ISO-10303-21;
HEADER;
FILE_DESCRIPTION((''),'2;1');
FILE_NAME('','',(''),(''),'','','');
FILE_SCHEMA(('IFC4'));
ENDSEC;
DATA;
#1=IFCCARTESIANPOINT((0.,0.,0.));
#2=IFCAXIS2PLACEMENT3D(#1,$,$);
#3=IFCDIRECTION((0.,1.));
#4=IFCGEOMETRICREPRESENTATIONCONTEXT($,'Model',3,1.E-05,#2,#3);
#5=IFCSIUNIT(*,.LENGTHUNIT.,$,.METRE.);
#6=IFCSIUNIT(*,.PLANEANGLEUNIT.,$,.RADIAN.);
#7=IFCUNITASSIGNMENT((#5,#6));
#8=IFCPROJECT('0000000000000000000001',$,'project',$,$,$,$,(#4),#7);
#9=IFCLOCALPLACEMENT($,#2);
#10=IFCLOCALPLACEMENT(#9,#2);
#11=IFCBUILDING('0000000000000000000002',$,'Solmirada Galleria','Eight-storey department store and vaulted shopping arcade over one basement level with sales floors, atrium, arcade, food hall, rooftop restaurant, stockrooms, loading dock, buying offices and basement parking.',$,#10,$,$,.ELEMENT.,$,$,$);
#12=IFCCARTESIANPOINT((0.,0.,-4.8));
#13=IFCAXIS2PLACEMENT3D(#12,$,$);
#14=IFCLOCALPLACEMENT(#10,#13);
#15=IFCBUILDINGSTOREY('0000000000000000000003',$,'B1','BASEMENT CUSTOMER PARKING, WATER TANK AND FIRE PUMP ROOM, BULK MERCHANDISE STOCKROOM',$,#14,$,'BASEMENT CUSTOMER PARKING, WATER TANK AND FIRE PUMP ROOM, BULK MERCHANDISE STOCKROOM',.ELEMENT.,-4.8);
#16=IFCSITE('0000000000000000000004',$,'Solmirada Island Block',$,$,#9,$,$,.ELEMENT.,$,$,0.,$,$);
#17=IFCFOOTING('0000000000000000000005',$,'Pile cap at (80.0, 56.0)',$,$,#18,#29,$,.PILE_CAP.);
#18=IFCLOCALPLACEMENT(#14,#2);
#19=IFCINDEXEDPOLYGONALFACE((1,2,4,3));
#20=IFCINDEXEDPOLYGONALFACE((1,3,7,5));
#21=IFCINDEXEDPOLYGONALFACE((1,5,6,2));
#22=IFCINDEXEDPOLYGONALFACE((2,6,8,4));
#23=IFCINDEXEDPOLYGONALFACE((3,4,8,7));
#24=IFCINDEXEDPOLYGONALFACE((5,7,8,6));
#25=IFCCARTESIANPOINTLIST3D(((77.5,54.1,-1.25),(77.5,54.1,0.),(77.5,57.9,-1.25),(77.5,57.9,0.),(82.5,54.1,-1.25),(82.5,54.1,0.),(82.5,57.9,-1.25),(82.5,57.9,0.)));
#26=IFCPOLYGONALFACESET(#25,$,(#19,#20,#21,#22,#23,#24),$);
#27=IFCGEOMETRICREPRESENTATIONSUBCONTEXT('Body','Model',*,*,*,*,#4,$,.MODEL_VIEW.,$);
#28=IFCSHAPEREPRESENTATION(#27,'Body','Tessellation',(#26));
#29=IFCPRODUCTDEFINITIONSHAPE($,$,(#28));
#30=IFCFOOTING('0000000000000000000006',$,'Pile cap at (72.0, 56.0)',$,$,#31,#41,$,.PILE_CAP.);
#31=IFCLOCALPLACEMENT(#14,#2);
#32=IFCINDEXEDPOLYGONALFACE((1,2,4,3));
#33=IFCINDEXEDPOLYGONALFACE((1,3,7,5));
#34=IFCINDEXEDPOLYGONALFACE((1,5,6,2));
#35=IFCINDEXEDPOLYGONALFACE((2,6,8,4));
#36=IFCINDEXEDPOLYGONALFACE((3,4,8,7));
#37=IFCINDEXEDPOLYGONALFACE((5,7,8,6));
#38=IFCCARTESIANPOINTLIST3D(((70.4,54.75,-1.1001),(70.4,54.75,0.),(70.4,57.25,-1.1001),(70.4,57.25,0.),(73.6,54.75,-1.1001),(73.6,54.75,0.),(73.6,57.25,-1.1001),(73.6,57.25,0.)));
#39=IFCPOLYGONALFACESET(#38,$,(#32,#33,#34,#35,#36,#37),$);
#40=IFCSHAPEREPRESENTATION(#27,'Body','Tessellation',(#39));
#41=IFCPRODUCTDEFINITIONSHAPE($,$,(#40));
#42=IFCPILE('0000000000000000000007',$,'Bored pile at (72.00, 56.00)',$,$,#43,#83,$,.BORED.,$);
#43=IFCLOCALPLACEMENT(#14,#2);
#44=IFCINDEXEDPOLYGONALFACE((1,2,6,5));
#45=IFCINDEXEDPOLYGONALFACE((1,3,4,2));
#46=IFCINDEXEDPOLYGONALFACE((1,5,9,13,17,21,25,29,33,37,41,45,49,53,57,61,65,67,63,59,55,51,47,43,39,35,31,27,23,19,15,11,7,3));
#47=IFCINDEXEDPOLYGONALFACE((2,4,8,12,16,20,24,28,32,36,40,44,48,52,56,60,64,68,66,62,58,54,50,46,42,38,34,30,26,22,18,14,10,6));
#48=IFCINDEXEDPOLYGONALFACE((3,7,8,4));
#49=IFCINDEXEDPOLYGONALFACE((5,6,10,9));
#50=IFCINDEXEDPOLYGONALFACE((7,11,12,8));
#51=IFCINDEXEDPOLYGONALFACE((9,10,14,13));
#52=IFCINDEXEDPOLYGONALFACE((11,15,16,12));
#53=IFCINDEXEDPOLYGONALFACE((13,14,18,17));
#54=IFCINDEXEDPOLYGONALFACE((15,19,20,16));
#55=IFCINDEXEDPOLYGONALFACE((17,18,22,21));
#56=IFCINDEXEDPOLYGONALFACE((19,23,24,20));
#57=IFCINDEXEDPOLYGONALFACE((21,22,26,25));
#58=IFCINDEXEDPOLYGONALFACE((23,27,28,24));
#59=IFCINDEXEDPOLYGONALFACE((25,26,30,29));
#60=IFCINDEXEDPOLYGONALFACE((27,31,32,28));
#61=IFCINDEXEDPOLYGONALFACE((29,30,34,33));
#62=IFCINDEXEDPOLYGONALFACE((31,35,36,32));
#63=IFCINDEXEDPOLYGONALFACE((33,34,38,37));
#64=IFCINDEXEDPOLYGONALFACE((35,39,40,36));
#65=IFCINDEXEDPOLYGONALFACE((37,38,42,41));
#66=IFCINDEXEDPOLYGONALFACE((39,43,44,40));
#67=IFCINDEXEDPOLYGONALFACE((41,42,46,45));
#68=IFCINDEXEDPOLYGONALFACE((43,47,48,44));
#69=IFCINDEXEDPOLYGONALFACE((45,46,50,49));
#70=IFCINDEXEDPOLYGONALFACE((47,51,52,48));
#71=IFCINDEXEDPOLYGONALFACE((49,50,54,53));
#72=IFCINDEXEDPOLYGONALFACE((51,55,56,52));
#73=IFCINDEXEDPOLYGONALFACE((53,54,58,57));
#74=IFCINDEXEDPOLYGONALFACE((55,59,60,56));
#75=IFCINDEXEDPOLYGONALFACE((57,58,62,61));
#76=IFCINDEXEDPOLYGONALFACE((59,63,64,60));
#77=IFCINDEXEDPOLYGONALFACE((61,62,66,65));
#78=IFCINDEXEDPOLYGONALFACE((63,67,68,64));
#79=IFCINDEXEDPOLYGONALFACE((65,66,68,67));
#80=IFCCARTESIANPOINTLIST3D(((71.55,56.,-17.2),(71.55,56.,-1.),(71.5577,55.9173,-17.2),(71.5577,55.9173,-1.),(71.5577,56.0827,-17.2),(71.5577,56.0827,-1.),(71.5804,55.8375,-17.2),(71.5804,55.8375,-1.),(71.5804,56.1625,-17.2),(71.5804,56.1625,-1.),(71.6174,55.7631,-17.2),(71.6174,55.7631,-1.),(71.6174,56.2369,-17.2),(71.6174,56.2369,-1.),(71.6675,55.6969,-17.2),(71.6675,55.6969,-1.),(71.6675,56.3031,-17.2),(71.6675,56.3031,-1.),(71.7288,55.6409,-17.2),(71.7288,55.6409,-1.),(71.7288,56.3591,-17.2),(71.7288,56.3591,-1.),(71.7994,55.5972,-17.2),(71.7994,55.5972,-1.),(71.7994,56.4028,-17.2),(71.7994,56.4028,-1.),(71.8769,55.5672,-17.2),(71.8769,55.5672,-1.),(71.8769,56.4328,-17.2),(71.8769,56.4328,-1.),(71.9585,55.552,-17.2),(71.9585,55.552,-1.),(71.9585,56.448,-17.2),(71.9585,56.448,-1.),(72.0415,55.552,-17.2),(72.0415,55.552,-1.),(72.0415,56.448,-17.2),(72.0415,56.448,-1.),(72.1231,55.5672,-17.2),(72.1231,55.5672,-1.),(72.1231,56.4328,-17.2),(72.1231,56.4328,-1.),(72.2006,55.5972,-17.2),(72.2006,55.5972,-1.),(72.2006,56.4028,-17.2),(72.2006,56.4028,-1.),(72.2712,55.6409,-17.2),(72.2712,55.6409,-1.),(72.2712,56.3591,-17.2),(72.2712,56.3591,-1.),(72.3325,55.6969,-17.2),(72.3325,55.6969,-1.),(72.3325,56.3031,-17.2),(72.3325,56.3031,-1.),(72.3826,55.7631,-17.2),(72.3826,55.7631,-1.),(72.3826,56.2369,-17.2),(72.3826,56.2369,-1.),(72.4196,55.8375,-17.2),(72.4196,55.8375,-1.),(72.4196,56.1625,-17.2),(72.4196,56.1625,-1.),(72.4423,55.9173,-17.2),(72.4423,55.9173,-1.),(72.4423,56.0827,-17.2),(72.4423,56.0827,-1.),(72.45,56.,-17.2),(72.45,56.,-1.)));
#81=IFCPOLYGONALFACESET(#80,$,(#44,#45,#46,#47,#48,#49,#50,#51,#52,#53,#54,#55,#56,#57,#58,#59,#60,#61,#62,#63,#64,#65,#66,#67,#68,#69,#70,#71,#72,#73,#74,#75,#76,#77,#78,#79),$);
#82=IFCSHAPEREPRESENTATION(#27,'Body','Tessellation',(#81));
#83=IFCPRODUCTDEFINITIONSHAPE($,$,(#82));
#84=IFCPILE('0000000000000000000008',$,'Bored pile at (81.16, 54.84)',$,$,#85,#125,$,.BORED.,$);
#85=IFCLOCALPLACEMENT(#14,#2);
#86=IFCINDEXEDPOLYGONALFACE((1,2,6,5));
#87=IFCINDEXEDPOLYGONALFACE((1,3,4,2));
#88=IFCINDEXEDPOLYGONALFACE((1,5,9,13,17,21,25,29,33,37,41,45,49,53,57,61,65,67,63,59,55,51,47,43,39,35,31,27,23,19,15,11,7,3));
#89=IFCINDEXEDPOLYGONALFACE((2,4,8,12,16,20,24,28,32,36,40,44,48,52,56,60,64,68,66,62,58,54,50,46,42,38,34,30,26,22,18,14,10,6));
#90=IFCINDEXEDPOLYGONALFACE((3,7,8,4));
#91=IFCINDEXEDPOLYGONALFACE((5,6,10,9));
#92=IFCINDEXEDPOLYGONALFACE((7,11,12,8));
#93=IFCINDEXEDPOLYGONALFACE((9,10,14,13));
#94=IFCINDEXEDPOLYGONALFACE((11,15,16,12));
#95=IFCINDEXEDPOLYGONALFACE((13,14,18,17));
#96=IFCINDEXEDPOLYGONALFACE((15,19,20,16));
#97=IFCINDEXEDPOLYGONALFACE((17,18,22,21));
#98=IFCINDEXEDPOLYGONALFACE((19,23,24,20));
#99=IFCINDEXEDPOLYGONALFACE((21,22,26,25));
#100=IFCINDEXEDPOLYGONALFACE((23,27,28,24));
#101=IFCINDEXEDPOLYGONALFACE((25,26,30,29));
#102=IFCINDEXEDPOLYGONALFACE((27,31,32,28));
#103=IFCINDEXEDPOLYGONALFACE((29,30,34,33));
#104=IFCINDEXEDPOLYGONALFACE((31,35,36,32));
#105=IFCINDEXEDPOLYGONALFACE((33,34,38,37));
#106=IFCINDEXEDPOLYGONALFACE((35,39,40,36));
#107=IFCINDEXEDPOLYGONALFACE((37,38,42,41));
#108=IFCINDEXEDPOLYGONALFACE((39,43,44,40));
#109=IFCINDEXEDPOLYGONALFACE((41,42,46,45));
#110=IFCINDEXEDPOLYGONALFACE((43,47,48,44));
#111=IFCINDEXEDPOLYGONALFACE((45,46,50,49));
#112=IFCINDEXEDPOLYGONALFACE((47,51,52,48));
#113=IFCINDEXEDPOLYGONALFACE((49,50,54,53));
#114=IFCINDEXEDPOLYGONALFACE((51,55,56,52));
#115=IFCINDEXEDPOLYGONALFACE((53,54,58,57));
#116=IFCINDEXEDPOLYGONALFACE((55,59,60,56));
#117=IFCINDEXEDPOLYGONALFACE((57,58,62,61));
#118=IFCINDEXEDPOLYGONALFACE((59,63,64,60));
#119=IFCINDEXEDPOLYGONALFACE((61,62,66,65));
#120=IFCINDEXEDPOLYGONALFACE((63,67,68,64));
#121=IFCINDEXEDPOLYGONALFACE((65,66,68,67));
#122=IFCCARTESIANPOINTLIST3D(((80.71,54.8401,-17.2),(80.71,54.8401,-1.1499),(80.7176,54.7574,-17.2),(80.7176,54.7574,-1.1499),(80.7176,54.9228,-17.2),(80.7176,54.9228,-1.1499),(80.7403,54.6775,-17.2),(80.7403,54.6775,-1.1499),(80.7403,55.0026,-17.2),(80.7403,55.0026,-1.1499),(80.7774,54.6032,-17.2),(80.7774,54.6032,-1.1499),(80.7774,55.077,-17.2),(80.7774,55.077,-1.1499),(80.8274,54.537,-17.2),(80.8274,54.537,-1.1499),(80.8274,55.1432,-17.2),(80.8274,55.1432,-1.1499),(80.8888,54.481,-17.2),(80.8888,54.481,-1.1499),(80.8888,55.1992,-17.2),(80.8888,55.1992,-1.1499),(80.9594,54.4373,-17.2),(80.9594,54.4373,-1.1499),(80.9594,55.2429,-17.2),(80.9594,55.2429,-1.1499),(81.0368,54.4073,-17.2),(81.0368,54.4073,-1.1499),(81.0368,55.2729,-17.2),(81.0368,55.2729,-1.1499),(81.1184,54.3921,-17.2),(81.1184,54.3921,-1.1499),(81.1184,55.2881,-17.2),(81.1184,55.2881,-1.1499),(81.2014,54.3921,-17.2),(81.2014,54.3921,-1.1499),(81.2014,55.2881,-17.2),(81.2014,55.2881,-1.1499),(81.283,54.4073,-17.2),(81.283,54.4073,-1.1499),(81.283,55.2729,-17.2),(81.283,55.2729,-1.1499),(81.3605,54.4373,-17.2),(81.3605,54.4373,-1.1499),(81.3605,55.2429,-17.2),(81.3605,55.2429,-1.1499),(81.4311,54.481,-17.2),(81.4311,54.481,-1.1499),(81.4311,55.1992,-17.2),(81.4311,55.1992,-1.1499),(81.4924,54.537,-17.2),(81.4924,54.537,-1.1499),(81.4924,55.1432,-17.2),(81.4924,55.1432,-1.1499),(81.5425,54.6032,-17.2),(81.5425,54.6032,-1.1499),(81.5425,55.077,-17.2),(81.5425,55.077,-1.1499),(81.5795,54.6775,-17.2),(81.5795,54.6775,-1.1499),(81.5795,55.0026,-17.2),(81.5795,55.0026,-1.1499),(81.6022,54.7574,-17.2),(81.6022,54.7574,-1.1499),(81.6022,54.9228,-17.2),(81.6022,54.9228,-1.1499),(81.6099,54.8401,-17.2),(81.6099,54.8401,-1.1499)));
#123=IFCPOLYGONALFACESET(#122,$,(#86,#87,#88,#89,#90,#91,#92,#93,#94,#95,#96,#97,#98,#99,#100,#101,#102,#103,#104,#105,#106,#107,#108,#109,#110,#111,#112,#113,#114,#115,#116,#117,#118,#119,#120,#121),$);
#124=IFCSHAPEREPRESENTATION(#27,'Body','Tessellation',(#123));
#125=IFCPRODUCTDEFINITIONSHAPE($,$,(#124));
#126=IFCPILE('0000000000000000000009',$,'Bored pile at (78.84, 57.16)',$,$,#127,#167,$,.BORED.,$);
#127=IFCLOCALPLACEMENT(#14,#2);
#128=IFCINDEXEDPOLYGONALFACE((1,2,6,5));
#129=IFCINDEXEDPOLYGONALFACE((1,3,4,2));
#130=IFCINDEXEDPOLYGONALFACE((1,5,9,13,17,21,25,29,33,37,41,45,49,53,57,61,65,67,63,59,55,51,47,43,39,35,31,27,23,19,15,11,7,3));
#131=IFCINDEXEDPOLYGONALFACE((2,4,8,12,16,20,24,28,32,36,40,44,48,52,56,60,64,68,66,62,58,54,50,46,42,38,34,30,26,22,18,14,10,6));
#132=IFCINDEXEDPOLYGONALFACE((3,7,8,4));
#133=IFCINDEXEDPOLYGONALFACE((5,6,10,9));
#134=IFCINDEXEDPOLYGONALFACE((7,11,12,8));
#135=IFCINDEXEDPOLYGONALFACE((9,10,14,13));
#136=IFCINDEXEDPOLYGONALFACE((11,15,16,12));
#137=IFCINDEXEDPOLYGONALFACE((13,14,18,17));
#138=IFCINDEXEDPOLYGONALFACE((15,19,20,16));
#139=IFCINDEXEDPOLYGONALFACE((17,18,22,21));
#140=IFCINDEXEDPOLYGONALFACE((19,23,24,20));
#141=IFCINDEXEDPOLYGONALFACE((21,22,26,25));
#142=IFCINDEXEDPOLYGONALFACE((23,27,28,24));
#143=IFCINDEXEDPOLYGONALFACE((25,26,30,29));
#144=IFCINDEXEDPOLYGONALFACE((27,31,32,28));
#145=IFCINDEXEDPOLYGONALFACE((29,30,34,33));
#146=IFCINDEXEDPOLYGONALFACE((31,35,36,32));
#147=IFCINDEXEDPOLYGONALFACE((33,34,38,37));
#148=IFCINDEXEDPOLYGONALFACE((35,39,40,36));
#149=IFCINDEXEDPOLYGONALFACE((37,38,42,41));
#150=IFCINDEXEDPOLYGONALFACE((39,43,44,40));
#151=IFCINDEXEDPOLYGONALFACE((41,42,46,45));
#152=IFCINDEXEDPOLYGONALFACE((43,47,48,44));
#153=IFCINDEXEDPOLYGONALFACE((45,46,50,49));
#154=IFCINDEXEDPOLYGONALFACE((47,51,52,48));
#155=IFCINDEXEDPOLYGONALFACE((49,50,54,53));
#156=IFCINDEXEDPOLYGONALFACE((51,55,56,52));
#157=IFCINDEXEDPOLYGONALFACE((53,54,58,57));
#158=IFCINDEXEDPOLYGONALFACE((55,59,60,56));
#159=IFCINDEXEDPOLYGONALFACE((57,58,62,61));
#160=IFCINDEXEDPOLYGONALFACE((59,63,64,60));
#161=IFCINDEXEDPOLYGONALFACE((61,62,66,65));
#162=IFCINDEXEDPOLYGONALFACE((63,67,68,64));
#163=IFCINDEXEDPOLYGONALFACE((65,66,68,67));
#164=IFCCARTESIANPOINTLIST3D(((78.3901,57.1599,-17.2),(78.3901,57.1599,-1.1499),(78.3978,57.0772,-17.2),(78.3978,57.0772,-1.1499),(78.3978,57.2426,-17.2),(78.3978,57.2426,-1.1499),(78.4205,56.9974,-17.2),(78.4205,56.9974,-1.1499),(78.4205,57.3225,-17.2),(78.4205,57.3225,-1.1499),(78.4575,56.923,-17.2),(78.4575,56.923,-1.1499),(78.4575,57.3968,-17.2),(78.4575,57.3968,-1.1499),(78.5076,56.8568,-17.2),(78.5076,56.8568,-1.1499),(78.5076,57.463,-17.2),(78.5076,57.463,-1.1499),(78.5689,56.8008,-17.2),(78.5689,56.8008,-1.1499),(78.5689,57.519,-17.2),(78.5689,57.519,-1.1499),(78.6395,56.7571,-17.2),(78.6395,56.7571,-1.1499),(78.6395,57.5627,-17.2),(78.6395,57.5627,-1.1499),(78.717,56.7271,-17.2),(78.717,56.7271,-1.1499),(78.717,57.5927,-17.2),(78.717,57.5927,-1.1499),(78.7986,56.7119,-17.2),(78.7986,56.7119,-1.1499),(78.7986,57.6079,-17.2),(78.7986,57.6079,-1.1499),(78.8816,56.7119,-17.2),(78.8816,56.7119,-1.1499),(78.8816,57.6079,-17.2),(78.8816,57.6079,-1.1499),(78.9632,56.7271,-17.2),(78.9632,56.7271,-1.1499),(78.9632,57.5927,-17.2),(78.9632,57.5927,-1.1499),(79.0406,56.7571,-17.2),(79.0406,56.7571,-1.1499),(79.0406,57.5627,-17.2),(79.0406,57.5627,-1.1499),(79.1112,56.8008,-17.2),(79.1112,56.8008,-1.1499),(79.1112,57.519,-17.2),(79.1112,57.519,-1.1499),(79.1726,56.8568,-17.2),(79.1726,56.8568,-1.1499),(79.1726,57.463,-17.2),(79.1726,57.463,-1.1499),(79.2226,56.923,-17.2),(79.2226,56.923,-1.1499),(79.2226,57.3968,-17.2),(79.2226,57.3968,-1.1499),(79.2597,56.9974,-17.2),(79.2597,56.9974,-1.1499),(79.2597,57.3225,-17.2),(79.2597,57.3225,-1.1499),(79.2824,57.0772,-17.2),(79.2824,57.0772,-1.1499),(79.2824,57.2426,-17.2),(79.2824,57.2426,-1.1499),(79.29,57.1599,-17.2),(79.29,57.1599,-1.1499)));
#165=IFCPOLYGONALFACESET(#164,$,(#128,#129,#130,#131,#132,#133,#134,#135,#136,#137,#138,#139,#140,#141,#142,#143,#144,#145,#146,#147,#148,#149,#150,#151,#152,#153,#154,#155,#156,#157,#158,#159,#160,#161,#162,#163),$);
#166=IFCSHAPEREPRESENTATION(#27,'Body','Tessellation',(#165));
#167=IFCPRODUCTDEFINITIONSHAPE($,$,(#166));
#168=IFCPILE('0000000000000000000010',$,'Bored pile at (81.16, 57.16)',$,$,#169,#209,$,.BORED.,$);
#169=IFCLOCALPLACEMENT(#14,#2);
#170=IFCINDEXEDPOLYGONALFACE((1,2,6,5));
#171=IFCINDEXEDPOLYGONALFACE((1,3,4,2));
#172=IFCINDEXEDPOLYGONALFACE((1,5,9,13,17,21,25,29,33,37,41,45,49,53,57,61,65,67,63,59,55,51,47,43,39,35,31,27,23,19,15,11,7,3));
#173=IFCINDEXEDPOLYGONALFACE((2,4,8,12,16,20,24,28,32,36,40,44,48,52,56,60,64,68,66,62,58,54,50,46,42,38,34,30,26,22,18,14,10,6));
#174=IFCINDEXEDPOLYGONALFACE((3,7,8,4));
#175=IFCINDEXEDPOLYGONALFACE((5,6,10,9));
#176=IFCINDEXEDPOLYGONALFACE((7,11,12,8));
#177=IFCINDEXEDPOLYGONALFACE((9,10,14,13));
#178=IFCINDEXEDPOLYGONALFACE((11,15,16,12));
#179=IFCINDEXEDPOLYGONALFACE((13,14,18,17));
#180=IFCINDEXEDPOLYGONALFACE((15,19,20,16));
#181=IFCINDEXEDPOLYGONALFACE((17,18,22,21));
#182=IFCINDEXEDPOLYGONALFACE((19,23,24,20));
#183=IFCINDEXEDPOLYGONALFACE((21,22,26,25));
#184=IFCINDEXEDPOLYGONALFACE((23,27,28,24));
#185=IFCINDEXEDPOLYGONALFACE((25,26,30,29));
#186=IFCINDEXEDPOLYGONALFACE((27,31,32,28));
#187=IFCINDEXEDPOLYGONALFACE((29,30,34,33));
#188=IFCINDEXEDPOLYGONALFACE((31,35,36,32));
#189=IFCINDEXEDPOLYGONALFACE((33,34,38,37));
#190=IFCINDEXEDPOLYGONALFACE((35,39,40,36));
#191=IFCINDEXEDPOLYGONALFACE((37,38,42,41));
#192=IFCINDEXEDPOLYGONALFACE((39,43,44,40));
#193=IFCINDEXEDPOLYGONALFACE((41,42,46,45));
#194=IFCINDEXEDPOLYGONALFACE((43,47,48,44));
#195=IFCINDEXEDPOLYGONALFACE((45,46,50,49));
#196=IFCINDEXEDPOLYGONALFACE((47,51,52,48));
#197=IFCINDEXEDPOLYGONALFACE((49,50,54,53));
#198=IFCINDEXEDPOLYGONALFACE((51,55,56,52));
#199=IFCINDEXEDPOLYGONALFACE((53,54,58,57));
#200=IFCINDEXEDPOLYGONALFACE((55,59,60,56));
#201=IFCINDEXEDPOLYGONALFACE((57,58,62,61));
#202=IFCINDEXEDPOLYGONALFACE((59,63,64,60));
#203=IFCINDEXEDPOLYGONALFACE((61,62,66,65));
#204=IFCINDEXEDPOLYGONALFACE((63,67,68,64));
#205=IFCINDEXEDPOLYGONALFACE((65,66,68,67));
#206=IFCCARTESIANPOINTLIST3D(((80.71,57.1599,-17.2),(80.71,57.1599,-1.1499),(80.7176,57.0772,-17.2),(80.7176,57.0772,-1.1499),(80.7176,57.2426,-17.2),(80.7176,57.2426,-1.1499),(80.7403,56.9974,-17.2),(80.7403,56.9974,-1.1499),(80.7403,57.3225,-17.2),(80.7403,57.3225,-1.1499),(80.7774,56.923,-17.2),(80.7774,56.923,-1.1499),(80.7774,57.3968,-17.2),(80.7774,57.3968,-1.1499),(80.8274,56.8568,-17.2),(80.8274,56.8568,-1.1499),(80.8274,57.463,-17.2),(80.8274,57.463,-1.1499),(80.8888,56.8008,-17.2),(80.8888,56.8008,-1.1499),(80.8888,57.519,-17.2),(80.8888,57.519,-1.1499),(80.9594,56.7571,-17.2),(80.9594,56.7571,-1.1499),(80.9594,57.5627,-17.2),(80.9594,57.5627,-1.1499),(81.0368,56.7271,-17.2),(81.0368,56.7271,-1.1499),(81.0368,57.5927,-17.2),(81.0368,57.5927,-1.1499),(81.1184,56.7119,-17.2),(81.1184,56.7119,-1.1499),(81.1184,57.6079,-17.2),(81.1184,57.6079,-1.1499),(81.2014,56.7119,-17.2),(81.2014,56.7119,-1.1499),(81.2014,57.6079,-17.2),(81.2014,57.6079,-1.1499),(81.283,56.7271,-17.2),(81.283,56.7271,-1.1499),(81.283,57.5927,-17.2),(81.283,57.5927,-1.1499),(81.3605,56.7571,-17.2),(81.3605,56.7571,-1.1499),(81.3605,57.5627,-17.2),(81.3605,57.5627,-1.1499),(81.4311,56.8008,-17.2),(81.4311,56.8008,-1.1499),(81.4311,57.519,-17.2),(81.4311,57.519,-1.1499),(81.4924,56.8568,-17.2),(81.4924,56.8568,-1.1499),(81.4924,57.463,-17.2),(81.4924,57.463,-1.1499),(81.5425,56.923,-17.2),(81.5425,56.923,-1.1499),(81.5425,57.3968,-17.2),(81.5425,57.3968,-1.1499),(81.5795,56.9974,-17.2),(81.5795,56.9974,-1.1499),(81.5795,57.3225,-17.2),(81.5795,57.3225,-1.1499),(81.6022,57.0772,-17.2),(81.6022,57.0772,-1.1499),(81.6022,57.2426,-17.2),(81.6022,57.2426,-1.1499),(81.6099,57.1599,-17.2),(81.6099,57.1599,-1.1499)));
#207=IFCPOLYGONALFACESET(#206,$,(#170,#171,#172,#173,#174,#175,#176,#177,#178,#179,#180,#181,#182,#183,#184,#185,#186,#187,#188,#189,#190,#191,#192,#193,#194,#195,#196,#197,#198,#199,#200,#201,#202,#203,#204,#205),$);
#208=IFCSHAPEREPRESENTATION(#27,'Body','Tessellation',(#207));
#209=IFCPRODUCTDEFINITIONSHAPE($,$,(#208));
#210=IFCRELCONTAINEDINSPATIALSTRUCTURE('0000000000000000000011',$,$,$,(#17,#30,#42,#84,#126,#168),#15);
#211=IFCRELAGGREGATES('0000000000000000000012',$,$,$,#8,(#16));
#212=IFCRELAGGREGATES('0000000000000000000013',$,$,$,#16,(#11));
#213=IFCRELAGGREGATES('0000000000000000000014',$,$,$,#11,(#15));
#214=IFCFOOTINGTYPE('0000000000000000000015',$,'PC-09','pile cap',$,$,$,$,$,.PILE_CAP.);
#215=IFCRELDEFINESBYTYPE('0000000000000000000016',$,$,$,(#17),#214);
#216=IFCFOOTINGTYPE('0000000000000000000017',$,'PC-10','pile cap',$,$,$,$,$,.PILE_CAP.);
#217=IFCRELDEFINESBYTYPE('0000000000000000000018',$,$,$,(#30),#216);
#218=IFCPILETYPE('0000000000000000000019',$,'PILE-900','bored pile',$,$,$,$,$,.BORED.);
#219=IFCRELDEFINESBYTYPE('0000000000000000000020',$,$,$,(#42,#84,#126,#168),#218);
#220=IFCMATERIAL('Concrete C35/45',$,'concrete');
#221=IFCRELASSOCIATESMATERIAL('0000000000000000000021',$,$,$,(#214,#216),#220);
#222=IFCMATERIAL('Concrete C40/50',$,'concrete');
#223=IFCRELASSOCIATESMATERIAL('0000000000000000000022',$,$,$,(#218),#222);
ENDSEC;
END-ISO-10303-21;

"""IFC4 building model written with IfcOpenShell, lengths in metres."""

from ifc_helpers import new_model, si_unit, direction, frame, origin, origin_2d, place, context, subcontext, project, spatial, rectangle, circle, extrude, material, material_profile, profile_set, type_object, element, save


model = new_model("IFC4")

# Units and contexts
model_context = context("Model", 3, precision=1e-05, world=origin(), true_north=direction((0.0, 1.0)))
body_context = subcontext(model_context, "Body", "Model", "MODEL_VIEW")
ifc_project = project(units=[si_unit("LENGTHUNIT", "METRE"), si_unit("PLANEANGLEUNIT", "RADIAN")], contexts=[model_context])

# Site, building, storey
site_placement = place(None, origin())
site = spatial("IfcSite", under=ifc_project, at=site_placement, Name="Solmirada Island Block", CompositionType="ELEMENT", RefElevation=0.0)
building_placement = place(site_placement, origin())
building = spatial("IfcBuilding", under=site, at=building_placement, Name="Solmirada Galleria", Description="Eight-storey department store and vaulted shopping arcade over one basement level with sales floors, atrium, arcade, food hall, rooftop restaurant, stockrooms, loading dock, buying offices and basement parking.", CompositionType="ELEMENT")
storey_placement = place(building_placement, frame((0.0, 0.0, -4.8)))
storey = spatial("IfcBuildingStorey", under=building, at=storey_placement, Name="B1", Description="BASEMENT CUSTOMER PARKING, WATER TANK AND FIRE PUMP ROOM, BULK MERCHANDISE STOCKROOM", LongName="BASEMENT CUSTOMER PARKING, WATER TANK AND FIRE PUMP ROOM, BULK MERCHANDISE STOCKROOM", CompositionType="ELEMENT", Elevation=-4.8)

# Footings
ifc_material_1 = material(Name="Concrete C35/45", Category="concrete")
footing_type_1 = type_object("IfcFootingType", Name="PC-09", Description="pile cap", PredefinedType="PILE_CAP", material=ifc_material_1)
footing_1_placement = place(storey_placement, frame((80.0, 56.0, -1.25), z_axis=(0.0, 0.0, 1.0), x_axis=(1.0, 0.0, 0.0)))
element("IfcFooting", 1, at=footing_1_placement, inside=storey, type_object=footing_type_1, Name="Pile cap at (80.0, 56.0)", PredefinedType="PILE_CAP", context=body_context, shape_type="SweptSolid", body=[
    extrude(rectangle(XDim=5.0, YDim=3.8, at=origin_2d()), origin(), (0.0, 0.0, 1.0), 1.25),
])
footing_type_2 = type_object("IfcFootingType", Name="PC-10", Description="pile cap", PredefinedType="PILE_CAP", material=ifc_material_1)
footing_2_placement = place(storey_placement, frame((72.0, 56.0, -1.1001), z_axis=(0.0, 0.0, 1.0), x_axis=(1.0, 0.0, 0.0)))
element("IfcFooting", 2, at=footing_2_placement, inside=storey, type_object=footing_type_2, Name="Pile cap at (72.0, 56.0)", PredefinedType="PILE_CAP", context=body_context, shape_type="SweptSolid", body=[
    extrude(rectangle(XDim=3.2, YDim=2.5, at=origin_2d()), origin(), (0.0, 0.0, 1.0), 1.1001),
])

# Piles
ifc_material_2 = material(Name="Concrete C40/50", Category="concrete")
ifc_material_profile_1 = material_profile(ifc_material_2, circle(Radius=0.45, at=origin_2d()), Name="PILE900")
ifc_profile_set_1 = profile_set([ifc_material_profile_1], Name="Concrete C40/50")
pile_type = type_object("IfcPileType", Name="PILE-900", Description="bored pile", PredefinedType="BORED", material=ifc_profile_set_1)
pile_1_placement = place(storey_placement, frame((72.0, 56.0, -1.0), z_axis=(0.0, 0.0, -1.0), x_axis=(1.0, 0.0, 0.0)))
element("IfcPile", 3, at=pile_1_placement, inside=storey, type_object=pile_type, Name="Bored pile at (72.00, 56.00)", PredefinedType="BORED", context=body_context, shape_type="SweptSolid", body=[
    extrude(circle(Radius=0.45, at=origin_2d()), origin(), (0.0, 0.0, 1.0), 16.2),
])
for number, where, z_axis, x_axis, name in (
    (4, (81.1599, 54.8401, -1.1499), (0.0, 0.0, -1.0), (1.0, 0.0, 0.0), "Bored pile at (81.16, 54.84)"),
    (5, (78.8401, 57.1599, -1.1499), (0.0, 0.0, -1.0), (1.0, 0.0, 0.0), "Bored pile at (78.84, 57.16)"),
    (6, (81.1599, 57.1599, -1.1499), (0.0, 0.0, -1.0), (1.0, 0.0, 0.0), "Bored pile at (81.16, 57.16)"),
):
    element("IfcPile", number, at=place(storey_placement, frame(where, z_axis=z_axis, x_axis=x_axis)), inside=storey, type_object=pile_type, Name=name, PredefinedType="BORED", context=body_context, shape_type="SweptSolid", body=[
        extrude(circle(Radius=0.45, at=origin_2d()), origin(), (0.0, 0.0, 1.0), 16.05),
    ])

save(model, "model.ifc")
